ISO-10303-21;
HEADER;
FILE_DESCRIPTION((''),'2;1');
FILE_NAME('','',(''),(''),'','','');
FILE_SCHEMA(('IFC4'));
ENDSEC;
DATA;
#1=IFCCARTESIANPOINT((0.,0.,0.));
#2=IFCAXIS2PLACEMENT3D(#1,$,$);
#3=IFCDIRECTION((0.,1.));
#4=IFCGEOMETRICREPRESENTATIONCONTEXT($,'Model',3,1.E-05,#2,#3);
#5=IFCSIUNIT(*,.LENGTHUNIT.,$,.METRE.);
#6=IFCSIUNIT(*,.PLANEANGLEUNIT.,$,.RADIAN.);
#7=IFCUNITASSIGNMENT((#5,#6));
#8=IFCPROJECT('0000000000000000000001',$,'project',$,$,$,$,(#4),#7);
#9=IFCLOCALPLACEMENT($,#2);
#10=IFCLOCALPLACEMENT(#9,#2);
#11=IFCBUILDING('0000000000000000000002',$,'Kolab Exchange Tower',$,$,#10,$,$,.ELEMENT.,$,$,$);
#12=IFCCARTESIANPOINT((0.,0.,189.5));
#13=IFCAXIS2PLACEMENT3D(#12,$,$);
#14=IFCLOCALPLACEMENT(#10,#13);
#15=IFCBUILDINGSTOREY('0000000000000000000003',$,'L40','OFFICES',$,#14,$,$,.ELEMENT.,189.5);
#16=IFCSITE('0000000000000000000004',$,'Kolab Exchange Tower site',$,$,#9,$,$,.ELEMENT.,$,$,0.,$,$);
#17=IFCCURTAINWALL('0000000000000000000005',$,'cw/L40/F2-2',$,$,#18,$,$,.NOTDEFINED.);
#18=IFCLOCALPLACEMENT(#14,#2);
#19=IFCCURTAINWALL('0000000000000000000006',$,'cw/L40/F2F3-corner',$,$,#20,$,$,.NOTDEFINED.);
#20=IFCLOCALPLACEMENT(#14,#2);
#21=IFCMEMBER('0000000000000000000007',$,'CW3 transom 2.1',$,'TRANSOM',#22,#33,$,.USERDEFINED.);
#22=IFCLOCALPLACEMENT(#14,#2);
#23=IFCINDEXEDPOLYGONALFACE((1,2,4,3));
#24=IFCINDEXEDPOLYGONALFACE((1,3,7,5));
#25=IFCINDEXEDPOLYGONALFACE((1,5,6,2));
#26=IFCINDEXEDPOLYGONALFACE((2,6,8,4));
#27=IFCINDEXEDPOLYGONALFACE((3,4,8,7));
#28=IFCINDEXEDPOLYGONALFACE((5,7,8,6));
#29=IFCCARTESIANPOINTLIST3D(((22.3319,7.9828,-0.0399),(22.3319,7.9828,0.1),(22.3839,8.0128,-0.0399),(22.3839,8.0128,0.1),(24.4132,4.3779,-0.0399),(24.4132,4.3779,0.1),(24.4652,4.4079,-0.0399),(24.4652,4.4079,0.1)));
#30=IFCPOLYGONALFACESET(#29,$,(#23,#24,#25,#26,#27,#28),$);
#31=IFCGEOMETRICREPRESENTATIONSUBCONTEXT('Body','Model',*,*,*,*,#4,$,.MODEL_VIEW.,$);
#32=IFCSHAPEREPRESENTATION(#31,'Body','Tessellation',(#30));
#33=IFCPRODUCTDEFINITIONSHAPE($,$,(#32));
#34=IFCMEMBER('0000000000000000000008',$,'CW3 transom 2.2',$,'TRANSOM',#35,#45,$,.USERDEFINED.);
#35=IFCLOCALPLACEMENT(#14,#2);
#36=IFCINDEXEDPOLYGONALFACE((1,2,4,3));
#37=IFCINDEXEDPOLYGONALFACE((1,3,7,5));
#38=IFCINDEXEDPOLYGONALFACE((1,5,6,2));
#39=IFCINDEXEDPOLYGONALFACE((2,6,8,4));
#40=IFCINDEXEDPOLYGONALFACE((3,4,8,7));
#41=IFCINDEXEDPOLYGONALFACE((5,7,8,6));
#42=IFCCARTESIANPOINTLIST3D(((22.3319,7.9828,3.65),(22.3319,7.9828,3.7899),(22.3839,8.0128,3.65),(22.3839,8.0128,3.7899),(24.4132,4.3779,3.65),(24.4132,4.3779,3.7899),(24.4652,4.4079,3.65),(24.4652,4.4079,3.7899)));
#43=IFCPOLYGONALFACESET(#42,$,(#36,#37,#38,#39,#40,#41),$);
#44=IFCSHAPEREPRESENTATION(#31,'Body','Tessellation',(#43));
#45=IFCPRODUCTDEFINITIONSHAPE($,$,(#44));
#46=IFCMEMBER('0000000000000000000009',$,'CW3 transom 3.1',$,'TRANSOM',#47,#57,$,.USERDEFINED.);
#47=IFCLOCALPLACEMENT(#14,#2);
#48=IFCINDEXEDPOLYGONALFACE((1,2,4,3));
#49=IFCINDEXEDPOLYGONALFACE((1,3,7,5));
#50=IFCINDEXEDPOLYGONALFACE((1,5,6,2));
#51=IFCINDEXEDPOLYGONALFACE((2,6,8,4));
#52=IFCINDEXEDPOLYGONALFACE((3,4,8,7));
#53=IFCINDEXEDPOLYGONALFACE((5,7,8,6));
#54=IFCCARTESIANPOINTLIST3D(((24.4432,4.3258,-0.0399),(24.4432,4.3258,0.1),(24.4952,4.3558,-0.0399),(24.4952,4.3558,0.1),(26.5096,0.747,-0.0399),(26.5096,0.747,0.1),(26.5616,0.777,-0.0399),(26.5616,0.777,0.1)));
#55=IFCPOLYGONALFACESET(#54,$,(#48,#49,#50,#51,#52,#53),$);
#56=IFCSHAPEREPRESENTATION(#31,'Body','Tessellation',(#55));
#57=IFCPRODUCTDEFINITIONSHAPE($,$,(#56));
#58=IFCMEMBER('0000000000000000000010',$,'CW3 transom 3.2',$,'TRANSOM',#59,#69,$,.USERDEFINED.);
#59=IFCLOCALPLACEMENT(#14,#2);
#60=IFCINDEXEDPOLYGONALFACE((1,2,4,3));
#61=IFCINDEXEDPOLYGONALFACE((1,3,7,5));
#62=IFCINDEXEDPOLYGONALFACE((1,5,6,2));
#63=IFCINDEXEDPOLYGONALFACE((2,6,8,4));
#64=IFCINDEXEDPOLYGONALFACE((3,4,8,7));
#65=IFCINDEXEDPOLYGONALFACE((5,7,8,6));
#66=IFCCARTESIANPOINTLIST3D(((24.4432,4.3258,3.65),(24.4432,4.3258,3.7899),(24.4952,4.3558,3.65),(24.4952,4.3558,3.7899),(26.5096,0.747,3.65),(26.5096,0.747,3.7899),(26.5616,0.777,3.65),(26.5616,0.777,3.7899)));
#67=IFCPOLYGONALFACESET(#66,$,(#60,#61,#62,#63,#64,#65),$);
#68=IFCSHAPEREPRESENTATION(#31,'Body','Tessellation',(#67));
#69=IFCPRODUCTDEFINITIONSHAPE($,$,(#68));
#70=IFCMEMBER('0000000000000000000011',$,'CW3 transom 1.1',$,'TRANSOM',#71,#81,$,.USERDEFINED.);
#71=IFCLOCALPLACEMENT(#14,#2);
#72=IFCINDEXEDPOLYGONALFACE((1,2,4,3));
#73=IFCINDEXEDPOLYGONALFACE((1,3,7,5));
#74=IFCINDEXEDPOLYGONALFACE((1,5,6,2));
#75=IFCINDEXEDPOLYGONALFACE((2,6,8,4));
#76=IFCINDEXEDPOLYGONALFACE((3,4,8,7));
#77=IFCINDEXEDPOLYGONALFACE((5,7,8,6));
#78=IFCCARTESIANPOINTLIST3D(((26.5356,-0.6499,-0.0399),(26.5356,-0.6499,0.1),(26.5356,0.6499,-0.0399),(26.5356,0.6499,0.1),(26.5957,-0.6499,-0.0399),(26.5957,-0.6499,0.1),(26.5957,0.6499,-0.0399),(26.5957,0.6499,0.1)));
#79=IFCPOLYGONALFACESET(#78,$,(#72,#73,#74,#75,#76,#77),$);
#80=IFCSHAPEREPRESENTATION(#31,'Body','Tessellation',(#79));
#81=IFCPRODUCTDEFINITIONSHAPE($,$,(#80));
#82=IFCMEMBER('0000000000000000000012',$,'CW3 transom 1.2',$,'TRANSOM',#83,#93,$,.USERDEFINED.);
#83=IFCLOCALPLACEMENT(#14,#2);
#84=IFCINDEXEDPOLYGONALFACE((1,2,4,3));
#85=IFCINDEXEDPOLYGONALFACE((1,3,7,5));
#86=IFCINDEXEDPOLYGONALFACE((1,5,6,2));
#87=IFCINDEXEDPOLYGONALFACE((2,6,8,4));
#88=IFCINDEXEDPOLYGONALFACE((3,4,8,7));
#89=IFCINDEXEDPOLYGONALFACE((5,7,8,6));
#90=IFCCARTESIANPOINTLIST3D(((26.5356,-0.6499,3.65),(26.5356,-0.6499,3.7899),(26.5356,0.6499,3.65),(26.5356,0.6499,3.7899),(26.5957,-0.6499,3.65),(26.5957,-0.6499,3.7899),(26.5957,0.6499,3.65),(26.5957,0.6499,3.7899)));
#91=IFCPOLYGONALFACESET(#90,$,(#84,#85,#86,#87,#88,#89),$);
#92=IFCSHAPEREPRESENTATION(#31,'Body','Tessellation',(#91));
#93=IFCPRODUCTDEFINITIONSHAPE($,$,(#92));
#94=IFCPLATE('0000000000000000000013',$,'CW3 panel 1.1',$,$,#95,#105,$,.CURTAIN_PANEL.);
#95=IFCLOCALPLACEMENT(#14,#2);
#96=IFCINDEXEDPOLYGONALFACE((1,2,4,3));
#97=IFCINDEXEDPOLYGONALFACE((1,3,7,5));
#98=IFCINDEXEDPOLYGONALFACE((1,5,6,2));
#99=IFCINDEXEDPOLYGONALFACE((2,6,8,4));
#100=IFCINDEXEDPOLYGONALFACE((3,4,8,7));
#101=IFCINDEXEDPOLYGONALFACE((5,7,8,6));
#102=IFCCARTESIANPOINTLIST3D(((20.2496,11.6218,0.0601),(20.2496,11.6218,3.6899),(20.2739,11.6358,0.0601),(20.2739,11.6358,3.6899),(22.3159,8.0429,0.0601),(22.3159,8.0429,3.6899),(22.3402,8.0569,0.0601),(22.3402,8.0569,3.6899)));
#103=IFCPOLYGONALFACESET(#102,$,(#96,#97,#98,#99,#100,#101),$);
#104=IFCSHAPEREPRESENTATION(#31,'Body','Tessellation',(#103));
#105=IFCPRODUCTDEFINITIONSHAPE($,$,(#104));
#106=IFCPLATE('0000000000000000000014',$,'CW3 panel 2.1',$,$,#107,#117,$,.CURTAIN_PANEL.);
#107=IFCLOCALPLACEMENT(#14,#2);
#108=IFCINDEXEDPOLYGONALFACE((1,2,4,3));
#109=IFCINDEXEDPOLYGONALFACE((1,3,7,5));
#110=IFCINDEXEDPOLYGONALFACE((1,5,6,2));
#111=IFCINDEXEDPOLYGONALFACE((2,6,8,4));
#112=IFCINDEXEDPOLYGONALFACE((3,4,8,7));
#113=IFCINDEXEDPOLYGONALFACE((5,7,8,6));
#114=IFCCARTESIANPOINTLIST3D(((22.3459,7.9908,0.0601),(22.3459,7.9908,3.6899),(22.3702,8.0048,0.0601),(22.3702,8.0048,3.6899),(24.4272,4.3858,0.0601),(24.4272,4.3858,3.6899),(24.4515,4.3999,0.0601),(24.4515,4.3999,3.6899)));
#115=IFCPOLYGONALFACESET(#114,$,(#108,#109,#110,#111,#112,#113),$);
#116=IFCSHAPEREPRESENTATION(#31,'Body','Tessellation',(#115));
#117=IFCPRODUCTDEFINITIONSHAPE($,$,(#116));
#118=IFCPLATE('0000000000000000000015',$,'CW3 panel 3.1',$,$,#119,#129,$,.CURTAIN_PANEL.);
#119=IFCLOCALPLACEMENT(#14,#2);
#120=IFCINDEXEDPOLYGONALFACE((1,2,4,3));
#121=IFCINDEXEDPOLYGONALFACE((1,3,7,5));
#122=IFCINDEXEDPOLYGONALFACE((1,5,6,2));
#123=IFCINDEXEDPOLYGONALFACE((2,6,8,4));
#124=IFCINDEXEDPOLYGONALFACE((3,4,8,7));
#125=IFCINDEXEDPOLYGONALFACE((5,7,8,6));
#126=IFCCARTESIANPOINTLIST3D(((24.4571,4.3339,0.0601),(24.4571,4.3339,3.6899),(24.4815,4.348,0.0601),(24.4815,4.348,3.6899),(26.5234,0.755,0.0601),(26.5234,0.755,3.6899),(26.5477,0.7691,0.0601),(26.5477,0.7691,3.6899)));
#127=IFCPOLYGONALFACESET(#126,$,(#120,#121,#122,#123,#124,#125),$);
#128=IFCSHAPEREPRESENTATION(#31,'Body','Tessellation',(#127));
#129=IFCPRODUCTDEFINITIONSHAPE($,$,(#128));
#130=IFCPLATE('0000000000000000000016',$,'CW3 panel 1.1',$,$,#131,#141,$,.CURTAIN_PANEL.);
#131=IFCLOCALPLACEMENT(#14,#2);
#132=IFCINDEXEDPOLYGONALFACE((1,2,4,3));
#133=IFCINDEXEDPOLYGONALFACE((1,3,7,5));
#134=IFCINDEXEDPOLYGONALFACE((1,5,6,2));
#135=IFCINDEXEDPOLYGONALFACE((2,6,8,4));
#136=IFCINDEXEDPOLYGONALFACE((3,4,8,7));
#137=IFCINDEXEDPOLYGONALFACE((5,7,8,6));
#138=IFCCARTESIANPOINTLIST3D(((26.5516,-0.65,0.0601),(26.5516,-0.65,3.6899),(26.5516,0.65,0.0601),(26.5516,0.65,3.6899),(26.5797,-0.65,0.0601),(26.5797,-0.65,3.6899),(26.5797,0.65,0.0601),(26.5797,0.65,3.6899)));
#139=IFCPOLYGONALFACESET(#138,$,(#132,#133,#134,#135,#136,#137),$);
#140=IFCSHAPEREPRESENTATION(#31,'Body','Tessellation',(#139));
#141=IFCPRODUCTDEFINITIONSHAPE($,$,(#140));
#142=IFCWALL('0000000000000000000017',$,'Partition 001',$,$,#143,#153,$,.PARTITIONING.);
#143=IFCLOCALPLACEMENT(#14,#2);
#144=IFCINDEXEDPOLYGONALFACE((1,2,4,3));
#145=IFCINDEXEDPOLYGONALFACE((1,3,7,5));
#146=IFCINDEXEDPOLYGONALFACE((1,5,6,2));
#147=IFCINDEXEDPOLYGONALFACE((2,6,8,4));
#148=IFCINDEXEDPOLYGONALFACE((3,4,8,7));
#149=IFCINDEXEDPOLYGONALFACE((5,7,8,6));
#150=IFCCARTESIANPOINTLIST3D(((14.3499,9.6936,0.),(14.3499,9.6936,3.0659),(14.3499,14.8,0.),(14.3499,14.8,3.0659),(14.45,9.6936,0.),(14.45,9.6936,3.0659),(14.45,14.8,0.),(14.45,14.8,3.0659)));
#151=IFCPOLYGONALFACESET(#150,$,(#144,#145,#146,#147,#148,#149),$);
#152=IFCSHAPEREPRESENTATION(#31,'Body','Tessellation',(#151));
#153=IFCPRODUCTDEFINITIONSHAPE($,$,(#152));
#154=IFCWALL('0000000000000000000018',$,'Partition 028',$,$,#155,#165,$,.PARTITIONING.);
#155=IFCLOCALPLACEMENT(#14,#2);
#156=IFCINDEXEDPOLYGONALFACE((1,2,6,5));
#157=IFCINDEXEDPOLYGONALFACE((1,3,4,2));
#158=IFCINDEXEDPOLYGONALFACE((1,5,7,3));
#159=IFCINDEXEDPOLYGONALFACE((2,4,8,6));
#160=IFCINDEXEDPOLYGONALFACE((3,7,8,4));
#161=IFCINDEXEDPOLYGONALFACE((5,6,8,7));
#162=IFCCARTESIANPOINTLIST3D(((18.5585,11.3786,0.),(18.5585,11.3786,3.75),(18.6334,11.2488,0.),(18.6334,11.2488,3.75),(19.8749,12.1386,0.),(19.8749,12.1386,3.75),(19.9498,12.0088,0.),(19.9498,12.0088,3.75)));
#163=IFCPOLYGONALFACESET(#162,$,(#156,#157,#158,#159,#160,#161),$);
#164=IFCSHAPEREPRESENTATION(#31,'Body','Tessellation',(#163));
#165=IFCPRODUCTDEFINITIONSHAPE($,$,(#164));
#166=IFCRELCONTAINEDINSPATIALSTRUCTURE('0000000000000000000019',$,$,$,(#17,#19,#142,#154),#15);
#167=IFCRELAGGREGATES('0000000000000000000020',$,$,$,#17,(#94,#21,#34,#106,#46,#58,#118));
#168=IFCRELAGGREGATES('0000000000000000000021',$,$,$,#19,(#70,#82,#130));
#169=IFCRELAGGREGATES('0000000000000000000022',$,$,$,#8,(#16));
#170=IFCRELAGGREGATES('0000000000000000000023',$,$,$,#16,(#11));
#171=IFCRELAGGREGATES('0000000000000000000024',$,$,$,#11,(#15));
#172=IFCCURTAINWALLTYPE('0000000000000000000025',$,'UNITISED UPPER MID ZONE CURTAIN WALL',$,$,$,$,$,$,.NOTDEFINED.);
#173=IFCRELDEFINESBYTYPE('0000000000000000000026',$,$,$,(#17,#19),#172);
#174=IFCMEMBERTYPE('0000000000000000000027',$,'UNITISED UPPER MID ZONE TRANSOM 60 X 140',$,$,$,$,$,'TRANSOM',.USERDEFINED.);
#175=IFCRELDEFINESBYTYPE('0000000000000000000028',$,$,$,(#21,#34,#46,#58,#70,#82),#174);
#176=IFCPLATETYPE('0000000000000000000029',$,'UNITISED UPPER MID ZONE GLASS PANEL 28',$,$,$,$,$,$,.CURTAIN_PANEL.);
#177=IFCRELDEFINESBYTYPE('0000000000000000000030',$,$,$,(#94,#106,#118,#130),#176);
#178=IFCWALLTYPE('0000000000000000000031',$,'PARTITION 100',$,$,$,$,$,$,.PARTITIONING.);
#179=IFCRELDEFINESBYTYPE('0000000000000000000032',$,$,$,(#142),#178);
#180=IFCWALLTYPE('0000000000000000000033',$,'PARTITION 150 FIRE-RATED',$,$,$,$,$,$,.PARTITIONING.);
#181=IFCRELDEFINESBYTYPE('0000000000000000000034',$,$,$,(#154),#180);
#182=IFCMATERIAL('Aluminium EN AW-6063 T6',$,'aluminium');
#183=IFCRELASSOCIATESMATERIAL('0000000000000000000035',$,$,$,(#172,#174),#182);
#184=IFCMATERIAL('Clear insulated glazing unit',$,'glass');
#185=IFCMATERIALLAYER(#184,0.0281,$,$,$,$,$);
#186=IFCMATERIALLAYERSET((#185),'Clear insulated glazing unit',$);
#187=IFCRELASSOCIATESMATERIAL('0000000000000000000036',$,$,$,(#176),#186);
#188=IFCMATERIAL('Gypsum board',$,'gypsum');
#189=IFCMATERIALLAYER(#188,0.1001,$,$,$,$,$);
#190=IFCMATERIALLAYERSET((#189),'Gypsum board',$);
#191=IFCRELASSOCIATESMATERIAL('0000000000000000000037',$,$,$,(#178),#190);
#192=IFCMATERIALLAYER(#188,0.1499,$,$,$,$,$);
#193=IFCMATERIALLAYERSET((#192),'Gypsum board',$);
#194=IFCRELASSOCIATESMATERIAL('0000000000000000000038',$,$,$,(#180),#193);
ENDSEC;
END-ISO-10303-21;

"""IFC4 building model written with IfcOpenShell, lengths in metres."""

from ifc_helpers import new_model, si_unit, direction, frame, frame_2d, origin, origin_2d, place, context, subcontext, project, spatial, rectangle, extrude, material, layer, layer_set, material_profile, profile_set, type_object, element, aggregate, save


model = new_model("IFC4")

# Units and contexts
model_context = context("Model", 3, precision=1e-05, world=origin(), true_north=direction((0.0, 1.0)))
body_context = subcontext(model_context, "Body", "Model", "MODEL_VIEW")
ifc_project = project(units=[si_unit("LENGTHUNIT", "METRE"), si_unit("PLANEANGLEUNIT", "RADIAN")], contexts=[model_context])

# Site, building, storey
site_placement = place(None, origin())
site = spatial("IfcSite", under=ifc_project, at=site_placement, Name="Kolab Exchange Tower site", CompositionType="ELEMENT", RefElevation=0.0)
building_placement = place(site_placement, origin())
building = spatial("IfcBuilding", under=site, at=building_placement, Name="Kolab Exchange Tower", CompositionType="ELEMENT")
storey_placement = place(building_placement, frame((0.0, 0.0, 189.5)))
storey = spatial("IfcBuildingStorey", under=building, at=storey_placement, Name="L40", Description="OFFICES", CompositionType="ELEMENT", Elevation=189.5)

# Curtain wall
ifc_material_1 = material(Name="Aluminium EN AW-6063 T6", Category="aluminium")
curtain_wall_type = type_object("IfcCurtainWallType", Name="UNITISED UPPER MID ZONE CURTAIN WALL", PredefinedType="NOTDEFINED", material=ifc_material_1)
curtain_wall_1_placement = place(storey_placement, origin())
curtain_wall_1 = element("IfcCurtainWall", 1, at=curtain_wall_1_placement, inside=storey, type_object=curtain_wall_type, Name="cw/L40/F2-2", PredefinedType="NOTDEFINED")

# Curtain wall
curtain_wall_2_placement = place(storey_placement, origin())
curtain_wall_2 = element("IfcCurtainWall", 2, at=curtain_wall_2_placement, inside=storey, type_object=curtain_wall_type, Name="cw/L40/F2F3-corner", PredefinedType="NOTDEFINED")

# Members
ifc_material_profile_1 = material_profile(ifc_material_1, rectangle(XDim=0.0601, YDim=0.1399, at=origin_2d()), Name="RECT 60X140")
ifc_profile_set_1 = profile_set([ifc_material_profile_1], Name="Aluminium EN AW-6063 T6")
member_type_1 = type_object("IfcMemberType", Name="UNITISED UPPER MID ZONE TRANSOM 60 X 140", ElementType="TRANSOM", PredefinedType="USERDEFINED", material=ifc_profile_set_1)
member_1_placement = place(storey_placement, frame((22.3579, 7.9978, 0.03), z_axis=(0.499993, -0.866029, 0.0), x_axis=(0.866029, 0.499993, 0.0)))
member_1 = element("IfcMember", 3, at=member_1_placement, type_object=member_type_1, Name="CW3 transom 2.1", ObjectType="TRANSOM", PredefinedType="USERDEFINED", context=body_context, shape_type="SweptSolid", body=[
    extrude(rectangle(XDim=0.0601, YDim=0.1399, at=origin_2d()), origin(), (0.0, 0.0, 1.0), 4.1626),
])
member_2_placement = place(storey_placement, frame((22.3579, 7.9978, 3.72), z_axis=(0.499993, -0.866029, 0.0), x_axis=(0.866029, 0.499993, 0.0)))
member_2 = element("IfcMember", 4, at=member_2_placement, type_object=member_type_1, Name="CW3 transom 2.2", ObjectType="TRANSOM", PredefinedType="USERDEFINED", context=body_context, shape_type="SweptSolid", body=[
    extrude(rectangle(XDim=0.0601, YDim=0.1399, at=origin_2d()), origin(), (0.0, 0.0, 1.0), 4.1626),
])
member_3_placement = place(storey_placement, frame((24.4692, 4.3408, 0.03), z_axis=(0.500028, -0.866009, 0.0), x_axis=(0.866009, 0.500028, 0.0)))
member_3 = element("IfcMember", 5, at=member_3_placement, type_object=member_type_1, Name="CW3 transom 3.1", ObjectType="TRANSOM", PredefinedType="USERDEFINED", context=body_context, shape_type="SweptSolid", body=[
    extrude(rectangle(XDim=0.0601, YDim=0.1399, at=origin_2d()), origin(), (0.0, 0.0, 1.0), 4.1326),
])
member_4_placement = place(storey_placement, frame((24.4692, 4.3408, 3.72), z_axis=(0.500028, -0.866009, 0.0), x_axis=(0.866009, 0.500028, 0.0)))
member_4 = element("IfcMember", 6, at=member_4_placement, type_object=member_type_1, Name="CW3 transom 3.2", ObjectType="TRANSOM", PredefinedType="USERDEFINED", context=body_context, shape_type="SweptSolid", body=[
    extrude(rectangle(XDim=0.0601, YDim=0.1399, at=origin_2d()), origin(), (0.0, 0.0, 1.0), 4.1326),
])
member_5_placement = place(storey_placement, frame((26.5657, 0.6499, 0.03), z_axis=(0.0, -1.0, 0.0), x_axis=(1.0, 0.0, 0.0)))
member_5 = element("IfcMember", 7, at=member_5_placement, type_object=member_type_1, Name="CW3 transom 1.1", ObjectType="TRANSOM", PredefinedType="USERDEFINED", context=body_context, shape_type="SweptSolid", body=[
    extrude(rectangle(XDim=0.0601, YDim=0.1399, at=origin_2d()), origin(), (0.0, 0.0, 1.0), 1.2998),
])
member_6_placement = place(storey_placement, frame((26.5657, 0.6499, 3.72), z_axis=(0.0, -1.0, 0.0), x_axis=(1.0, 0.0, 0.0)))
member_6 = element("IfcMember", 8, at=member_6_placement, type_object=member_type_1, Name="CW3 transom 1.2", ObjectType="TRANSOM", PredefinedType="USERDEFINED", context=body_context, shape_type="SweptSolid", body=[
    extrude(rectangle(XDim=0.0601, YDim=0.1399, at=origin_2d()), origin(), (0.0, 0.0, 1.0), 1.2998),
])

# Plates
ifc_material_2 = material(Name="Clear insulated glazing unit", Category="glass")
ifc_layer_1 = layer(ifc_material_2, 0.0281)
ifc_layer_set_1 = layer_set([ifc_layer_1], Name="Clear insulated glazing unit")
plate_type = type_object("IfcPlateType", Name="UNITISED UPPER MID ZONE GLASS PANEL 28", PredefinedType="CURTAIN_PANEL", material=ifc_layer_set_1)
plate_1_placement = place(storey_placement, frame((21.2949, 9.8394, 0.0601), z_axis=(0.0, 0.0, 1.0), x_axis=(0.5, -0.866025, 0.0)))
plate_1 = element("IfcPlate", 9, at=plate_1_placement, type_object=plate_type, Name="CW3 panel 1.1", PredefinedType="CURTAIN_PANEL", context=body_context, shape_type="SweptSolid", body=[
    extrude(rectangle(XDim=4.1326, YDim=0.0281, at=origin_2d()), origin(), (0.0, 0.0, 1.0), 3.6299),
])
plate_2_placement = place(storey_placement, frame((23.3987, 6.1953, 0.0601), z_axis=(0.0, 0.0, 1.0), x_axis=(0.5, -0.866025, 0.0)))
plate_2 = element("IfcPlate", 10, at=plate_2_placement, type_object=plate_type, Name="CW3 panel 2.1", PredefinedType="CURTAIN_PANEL", context=body_context, shape_type="SweptSolid", body=[
    extrude(rectangle(XDim=4.1626, YDim=0.0281, at=origin_2d()), origin(), (0.0, 0.0, 1.0), 3.6299),
])
plate_3_placement = place(storey_placement, frame((25.5024, 2.5515, 0.0601), z_axis=(0.0, 0.0, 1.0), x_axis=(0.5, -0.866025, 0.0)))
plate_3 = element("IfcPlate", 11, at=plate_3_placement, type_object=plate_type, Name="CW3 panel 3.1", PredefinedType="CURTAIN_PANEL", context=body_context, shape_type="SweptSolid", body=[
    extrude(rectangle(XDim=4.1326, YDim=0.0281, at=origin_2d()), origin(), (0.0, 0.0, 1.0), 3.6299),
])
aggregate(curtain_wall_1, [plate_1, member_1, member_2, plate_2, member_3, member_4, plate_3])
plate_4_placement = place(storey_placement, frame((26.5657, 0.0, 0.0601), z_axis=(0.0, 0.0, 1.0), x_axis=(0.0, -1.0, 0.0)))
plate_4 = element("IfcPlate", 12, at=plate_4_placement, type_object=plate_type, Name="CW3 panel 1.1", PredefinedType="CURTAIN_PANEL", context=body_context, shape_type="SweptSolid", body=[
    extrude(rectangle(XDim=1.3, YDim=0.0281, at=origin_2d()), origin(), (0.0, 0.0, 1.0), 3.6299),
])
aggregate(curtain_wall_2, [member_5, member_6, plate_4])

# Walls
ifc_material_3 = material(Name="Gypsum board", Category="gypsum")
ifc_layer_2 = layer(ifc_material_3, 0.1001)
ifc_layer_set_2 = layer_set([ifc_layer_2], Name="Gypsum board")
wall_type_1 = type_object("IfcWallType", Name="PARTITION 100", PredefinedType="PARTITIONING", material=ifc_layer_set_2)
wall_1_placement = place(storey_placement, frame((14.3999, 9.6936, 0.0), z_axis=(0.0, 0.0, 1.0), x_axis=(0.0, 1.0, 0.0)))
element("IfcWall", 13, at=wall_1_placement, inside=storey, type_object=wall_type_1, Name="Partition 001", PredefinedType="PARTITIONING", context=body_context, shape_type="SweptSolid", body=[
    extrude(rectangle(XDim=5.1064, YDim=0.1001, at=frame_2d((2.5532, 0.0))), origin(), (0.0, 0.0, 1.0), 3.0659),
])
ifc_layer_3 = layer(ifc_material_3, 0.1499)
ifc_layer_set_3 = layer_set([ifc_layer_3], Name="Gypsum board")
wall_type_2 = type_object("IfcWallType", Name="PARTITION 150 FIRE-RATED", PredefinedType="PARTITIONING", material=ifc_layer_set_3)
wall_2_placement = place(storey_placement, frame((18.5959, 11.3137, 0.0), z_axis=(0.0, 0.0, 1.0), x_axis=(0.86603, 0.499991, 0.0)))
element("IfcWall", 14, at=wall_2_placement, inside=storey, type_object=wall_type_2, Name="Partition 028", PredefinedType="PARTITIONING", context=body_context, shape_type="SweptSolid", body=[
    extrude(rectangle(XDim=1.52, YDim=0.1499, at=frame_2d((0.76, 0.0))), origin(), (0.0, 0.0, 1.0), 3.75),
])

save(model, "model.ifc")
